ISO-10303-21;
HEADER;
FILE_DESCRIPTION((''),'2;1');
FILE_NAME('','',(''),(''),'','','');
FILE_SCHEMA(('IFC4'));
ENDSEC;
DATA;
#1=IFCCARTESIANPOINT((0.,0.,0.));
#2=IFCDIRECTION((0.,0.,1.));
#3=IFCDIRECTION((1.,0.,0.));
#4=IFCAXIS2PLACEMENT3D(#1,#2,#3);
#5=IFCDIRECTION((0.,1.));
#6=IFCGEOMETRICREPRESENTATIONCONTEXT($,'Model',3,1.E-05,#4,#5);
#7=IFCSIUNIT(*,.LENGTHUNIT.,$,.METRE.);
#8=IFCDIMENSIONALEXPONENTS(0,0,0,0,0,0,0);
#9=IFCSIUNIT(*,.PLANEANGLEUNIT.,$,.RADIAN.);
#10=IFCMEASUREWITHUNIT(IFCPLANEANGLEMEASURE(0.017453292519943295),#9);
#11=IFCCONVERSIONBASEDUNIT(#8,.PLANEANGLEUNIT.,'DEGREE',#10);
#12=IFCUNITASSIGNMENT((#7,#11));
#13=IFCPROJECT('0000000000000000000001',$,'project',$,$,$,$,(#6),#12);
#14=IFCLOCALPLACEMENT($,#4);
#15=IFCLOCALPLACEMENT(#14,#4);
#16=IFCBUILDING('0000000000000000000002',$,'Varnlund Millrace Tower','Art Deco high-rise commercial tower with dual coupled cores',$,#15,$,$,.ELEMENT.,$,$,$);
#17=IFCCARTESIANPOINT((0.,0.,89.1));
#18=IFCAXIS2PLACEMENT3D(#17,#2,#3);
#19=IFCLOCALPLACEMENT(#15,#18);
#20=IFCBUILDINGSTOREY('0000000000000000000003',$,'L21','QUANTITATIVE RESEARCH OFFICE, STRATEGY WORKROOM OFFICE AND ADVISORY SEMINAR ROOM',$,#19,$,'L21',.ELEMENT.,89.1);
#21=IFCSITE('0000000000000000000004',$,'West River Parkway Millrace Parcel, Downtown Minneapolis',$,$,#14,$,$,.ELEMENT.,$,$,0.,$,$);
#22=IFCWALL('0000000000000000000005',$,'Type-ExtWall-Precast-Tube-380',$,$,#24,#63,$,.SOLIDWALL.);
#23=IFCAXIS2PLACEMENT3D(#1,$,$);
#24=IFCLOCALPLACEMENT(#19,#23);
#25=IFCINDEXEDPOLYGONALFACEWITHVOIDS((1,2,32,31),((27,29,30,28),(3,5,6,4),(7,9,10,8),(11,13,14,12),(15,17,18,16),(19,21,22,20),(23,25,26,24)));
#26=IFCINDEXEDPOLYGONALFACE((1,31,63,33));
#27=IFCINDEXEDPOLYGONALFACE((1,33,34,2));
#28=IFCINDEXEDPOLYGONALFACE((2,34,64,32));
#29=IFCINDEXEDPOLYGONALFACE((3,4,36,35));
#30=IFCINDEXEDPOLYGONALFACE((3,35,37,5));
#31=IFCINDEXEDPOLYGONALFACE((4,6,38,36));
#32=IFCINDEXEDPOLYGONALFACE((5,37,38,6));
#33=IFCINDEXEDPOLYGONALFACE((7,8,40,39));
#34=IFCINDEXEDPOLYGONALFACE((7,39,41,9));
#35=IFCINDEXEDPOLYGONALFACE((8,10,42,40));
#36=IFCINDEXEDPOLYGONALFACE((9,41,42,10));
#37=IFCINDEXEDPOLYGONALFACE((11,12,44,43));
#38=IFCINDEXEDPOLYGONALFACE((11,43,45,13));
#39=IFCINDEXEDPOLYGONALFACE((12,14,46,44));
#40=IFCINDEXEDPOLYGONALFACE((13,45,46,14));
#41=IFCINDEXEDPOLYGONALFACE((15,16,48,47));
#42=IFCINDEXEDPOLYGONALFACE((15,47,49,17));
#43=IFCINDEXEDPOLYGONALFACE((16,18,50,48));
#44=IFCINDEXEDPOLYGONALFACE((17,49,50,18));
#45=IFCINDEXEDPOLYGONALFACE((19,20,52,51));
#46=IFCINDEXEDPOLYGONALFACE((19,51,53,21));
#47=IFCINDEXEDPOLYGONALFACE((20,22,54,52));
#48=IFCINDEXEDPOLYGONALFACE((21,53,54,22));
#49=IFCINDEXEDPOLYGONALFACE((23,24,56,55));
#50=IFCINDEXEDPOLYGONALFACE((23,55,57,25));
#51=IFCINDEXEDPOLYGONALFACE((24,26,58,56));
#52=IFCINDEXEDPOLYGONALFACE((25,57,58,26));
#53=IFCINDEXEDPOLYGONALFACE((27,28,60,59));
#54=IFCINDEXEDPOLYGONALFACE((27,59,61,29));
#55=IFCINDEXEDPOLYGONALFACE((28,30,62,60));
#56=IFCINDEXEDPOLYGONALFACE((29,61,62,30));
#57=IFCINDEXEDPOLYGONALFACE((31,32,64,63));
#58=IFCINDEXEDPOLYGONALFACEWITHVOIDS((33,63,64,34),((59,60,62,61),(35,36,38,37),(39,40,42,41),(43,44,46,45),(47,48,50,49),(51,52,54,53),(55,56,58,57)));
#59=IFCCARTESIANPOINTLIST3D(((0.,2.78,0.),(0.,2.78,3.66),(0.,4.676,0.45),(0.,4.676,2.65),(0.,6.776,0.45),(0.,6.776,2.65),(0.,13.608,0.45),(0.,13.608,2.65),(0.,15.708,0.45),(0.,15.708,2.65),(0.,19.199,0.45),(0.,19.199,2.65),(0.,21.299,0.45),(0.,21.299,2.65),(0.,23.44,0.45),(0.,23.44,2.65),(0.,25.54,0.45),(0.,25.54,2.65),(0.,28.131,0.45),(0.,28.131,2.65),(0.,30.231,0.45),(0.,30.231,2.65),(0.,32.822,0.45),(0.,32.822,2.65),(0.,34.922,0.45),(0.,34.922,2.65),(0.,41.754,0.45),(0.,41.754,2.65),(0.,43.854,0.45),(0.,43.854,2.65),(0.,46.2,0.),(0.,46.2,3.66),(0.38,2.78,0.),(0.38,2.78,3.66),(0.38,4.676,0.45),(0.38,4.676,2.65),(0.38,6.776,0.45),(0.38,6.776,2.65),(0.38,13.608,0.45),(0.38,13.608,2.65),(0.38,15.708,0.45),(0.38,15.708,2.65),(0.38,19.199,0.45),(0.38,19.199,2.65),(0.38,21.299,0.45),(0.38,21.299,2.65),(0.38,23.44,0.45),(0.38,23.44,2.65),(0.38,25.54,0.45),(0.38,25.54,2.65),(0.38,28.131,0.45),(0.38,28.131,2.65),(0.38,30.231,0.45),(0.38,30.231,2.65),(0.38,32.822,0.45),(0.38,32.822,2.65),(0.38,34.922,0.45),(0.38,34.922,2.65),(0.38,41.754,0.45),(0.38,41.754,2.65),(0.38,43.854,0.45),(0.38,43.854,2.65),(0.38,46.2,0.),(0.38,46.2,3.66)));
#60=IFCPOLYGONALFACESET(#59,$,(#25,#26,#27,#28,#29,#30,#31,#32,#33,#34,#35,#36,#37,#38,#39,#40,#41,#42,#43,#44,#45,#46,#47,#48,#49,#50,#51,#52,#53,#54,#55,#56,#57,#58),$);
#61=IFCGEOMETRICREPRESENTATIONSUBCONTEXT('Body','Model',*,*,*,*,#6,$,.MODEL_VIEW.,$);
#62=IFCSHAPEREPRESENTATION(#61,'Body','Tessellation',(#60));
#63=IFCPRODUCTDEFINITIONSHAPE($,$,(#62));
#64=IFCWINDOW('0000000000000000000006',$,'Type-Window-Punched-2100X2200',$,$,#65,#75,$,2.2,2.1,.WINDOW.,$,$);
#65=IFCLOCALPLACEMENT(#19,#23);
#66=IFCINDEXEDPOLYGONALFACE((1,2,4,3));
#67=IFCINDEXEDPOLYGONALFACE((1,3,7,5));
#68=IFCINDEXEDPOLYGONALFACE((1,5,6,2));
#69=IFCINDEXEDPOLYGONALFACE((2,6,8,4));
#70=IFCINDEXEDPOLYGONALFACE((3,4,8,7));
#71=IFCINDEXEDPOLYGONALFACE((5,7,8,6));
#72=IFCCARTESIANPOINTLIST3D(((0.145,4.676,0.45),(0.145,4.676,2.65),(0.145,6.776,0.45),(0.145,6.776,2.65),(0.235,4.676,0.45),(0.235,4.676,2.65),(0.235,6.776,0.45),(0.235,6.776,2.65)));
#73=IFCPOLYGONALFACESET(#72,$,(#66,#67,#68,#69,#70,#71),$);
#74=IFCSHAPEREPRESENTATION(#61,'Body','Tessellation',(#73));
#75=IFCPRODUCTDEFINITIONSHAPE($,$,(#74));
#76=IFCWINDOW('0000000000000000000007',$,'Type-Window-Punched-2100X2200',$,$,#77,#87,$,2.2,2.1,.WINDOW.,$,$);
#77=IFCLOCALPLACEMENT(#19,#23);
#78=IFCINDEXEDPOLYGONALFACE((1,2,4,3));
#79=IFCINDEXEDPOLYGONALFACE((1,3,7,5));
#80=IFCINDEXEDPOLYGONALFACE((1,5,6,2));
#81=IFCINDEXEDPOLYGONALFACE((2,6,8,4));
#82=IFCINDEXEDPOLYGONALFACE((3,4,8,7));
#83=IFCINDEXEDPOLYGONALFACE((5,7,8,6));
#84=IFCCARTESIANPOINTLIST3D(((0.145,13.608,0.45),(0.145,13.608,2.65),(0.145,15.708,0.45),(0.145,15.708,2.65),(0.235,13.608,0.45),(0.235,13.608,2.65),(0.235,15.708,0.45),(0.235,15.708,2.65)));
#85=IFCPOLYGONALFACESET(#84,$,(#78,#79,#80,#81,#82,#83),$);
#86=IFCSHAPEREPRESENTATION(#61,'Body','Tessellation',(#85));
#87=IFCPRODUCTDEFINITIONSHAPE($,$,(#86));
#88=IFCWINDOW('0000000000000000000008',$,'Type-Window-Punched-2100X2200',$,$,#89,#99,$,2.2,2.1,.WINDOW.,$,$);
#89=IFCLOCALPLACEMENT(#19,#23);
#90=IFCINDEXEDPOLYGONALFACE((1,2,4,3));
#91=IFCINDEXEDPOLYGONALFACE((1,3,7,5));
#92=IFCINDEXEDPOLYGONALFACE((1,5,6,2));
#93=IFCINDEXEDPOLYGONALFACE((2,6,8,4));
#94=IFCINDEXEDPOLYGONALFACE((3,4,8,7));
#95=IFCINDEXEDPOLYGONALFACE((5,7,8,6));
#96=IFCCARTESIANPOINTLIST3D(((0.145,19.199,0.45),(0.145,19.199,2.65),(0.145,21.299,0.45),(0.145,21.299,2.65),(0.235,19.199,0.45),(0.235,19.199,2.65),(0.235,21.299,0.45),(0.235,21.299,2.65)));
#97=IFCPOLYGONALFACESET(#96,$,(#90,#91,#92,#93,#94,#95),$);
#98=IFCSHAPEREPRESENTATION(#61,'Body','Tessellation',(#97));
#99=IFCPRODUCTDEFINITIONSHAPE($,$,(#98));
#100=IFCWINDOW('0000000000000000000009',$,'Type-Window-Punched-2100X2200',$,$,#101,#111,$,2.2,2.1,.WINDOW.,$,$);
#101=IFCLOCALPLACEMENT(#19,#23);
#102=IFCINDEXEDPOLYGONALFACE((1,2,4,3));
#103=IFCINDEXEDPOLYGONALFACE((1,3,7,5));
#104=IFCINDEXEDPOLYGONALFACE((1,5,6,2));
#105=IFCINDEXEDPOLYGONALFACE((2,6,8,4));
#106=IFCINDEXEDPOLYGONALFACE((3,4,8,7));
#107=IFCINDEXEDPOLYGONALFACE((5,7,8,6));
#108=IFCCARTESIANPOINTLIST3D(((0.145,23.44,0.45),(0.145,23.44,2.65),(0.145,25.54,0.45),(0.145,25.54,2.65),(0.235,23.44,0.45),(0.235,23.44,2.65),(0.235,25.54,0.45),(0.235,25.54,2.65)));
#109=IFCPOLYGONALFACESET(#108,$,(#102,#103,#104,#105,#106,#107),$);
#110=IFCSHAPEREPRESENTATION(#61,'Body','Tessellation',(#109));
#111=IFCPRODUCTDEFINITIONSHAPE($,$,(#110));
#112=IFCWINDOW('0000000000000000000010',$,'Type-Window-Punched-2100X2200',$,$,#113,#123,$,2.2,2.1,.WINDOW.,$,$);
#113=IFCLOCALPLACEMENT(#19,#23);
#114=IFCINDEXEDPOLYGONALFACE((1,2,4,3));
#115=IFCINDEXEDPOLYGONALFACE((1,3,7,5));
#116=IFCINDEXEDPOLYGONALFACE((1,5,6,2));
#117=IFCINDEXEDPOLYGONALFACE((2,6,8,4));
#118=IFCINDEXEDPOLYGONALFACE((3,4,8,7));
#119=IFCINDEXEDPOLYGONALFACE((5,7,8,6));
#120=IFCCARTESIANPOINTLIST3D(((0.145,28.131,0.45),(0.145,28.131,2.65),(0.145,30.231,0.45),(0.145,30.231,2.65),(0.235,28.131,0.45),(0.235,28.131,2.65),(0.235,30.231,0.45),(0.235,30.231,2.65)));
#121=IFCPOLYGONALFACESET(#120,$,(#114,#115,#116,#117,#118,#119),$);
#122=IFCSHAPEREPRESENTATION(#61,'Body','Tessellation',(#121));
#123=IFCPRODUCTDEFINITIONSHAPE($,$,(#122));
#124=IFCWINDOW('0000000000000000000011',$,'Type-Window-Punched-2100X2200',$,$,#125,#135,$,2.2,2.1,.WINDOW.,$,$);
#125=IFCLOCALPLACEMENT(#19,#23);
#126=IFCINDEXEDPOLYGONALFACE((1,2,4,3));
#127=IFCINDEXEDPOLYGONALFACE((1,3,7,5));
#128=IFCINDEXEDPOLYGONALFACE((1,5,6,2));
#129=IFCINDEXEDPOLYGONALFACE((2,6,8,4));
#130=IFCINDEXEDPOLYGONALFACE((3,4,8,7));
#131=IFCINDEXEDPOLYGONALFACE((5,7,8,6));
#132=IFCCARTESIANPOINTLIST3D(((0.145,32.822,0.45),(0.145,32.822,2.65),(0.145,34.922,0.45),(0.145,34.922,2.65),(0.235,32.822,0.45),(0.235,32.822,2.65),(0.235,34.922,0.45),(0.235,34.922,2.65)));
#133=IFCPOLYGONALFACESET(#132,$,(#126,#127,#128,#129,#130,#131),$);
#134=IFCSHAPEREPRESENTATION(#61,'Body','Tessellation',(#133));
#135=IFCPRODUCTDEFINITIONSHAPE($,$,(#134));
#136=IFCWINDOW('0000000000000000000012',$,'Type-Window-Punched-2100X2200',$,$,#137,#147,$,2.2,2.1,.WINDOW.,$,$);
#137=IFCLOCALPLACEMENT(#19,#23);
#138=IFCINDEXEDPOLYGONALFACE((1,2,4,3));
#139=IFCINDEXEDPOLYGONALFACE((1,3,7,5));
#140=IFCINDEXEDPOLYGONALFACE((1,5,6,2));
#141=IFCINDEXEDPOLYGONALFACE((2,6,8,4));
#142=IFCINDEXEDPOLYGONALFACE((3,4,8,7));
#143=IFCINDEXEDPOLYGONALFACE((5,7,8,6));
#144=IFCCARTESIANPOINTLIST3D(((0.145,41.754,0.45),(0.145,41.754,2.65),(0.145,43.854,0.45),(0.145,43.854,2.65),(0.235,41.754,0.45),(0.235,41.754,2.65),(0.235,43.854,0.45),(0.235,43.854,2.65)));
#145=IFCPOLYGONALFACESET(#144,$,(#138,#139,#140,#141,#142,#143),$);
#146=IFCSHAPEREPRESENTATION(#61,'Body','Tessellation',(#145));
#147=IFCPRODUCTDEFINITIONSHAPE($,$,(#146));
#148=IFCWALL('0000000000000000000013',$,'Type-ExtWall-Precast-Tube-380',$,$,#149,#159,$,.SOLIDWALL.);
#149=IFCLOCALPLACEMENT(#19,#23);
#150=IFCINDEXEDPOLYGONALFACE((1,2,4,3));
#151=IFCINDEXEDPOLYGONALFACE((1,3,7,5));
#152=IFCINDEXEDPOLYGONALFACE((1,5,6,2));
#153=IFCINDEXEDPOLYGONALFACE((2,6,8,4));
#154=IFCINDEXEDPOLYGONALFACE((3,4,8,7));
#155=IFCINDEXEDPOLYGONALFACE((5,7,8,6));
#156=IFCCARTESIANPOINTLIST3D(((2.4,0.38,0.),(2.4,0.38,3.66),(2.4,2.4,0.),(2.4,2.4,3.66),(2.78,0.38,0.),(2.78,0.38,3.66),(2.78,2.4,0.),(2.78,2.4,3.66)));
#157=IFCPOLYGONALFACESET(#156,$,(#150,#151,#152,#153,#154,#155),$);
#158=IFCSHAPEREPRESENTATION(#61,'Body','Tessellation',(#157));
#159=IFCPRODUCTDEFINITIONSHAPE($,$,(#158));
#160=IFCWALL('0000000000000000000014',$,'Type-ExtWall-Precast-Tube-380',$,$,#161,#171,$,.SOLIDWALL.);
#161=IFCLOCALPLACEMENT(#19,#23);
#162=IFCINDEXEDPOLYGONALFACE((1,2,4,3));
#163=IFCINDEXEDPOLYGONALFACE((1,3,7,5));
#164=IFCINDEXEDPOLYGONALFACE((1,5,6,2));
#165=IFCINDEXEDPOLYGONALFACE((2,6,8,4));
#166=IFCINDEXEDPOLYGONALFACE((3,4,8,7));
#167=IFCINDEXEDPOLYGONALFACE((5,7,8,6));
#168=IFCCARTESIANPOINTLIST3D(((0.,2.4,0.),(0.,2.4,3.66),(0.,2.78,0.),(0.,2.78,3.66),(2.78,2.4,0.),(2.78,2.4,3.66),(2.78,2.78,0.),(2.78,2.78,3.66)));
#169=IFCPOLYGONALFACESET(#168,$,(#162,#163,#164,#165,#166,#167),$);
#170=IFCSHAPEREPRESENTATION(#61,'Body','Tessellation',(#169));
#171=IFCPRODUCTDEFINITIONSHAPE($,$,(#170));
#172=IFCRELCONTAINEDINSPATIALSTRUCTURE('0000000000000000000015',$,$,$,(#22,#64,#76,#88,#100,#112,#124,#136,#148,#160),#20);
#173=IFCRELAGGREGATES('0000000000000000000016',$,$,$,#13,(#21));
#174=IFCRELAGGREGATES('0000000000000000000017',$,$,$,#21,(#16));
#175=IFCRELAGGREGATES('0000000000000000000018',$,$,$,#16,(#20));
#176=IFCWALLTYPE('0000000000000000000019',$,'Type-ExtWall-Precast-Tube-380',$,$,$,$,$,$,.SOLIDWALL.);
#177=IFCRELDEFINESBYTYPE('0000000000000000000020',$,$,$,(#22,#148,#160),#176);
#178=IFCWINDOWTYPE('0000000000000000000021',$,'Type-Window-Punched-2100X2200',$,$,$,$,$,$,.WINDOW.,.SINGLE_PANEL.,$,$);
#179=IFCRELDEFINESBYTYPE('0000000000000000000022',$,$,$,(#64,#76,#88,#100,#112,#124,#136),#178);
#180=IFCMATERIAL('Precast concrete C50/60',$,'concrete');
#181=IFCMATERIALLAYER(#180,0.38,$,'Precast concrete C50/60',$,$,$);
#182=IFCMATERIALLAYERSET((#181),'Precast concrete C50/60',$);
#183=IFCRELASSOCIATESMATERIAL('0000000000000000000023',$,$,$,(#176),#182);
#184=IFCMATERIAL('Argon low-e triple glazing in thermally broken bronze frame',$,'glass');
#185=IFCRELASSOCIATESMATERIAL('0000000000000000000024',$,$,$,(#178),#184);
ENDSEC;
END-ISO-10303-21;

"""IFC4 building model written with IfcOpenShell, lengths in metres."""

from ifc_helpers import new_model, entity, si_unit, converted_unit, direction, frame, origin_with_axes, origin_2d_with_axis, place, context, subcontext, project, spatial, polyline, rectangle, outline, extrude, material, layer, layer_set, type_object, element, fill, save


model = new_model("IFC4")

# Units and contexts
model_context = context("Model", 3, precision=1e-05, world=origin_with_axes(), true_north=direction((0.0, 1.0)))
body_context = subcontext(model_context, "Body", "Model", "MODEL_VIEW")
ifc_project = project(units=[si_unit("LENGTHUNIT", "METRE"), converted_unit("PLANEANGLEUNIT", "DEGREE", entity("IfcPlaneAngleMeasure", 0.017453292519943295), si_unit("PLANEANGLEUNIT", "RADIAN"), dimensions=[0, 0, 0, 0, 0, 0, 0])], contexts=[model_context])

# Site, building, storey
site_placement = place(None, origin_with_axes())
site = spatial("IfcSite", under=ifc_project, at=site_placement, Name="West River Parkway Millrace Parcel, Downtown Minneapolis", CompositionType="ELEMENT", RefElevation=0.0)
building_placement = place(site_placement, origin_with_axes())
building = spatial("IfcBuilding", under=site, at=building_placement, Name="Varnlund Millrace Tower", Description="Art Deco high-rise commercial tower with dual coupled cores", CompositionType="ELEMENT")
storey_placement = place(building_placement, frame((0.0, 0.0, 89.1), z_axis=(0.0, 0.0, 1.0), x_axis=(1.0, 0.0, 0.0)))
storey = spatial("IfcBuildingStorey", under=building, at=storey_placement, Name="L21", Description="QUANTITATIVE RESEARCH OFFICE, STRATEGY WORKROOM OFFICE AND ADVISORY SEMINAR ROOM", LongName="L21", CompositionType="ELEMENT", Elevation=89.1)

# Wall, openings, windows
ifc_material_1 = material(Name="Precast concrete C50/60", Category="concrete")
ifc_layer_1 = layer(ifc_material_1, 0.38, Name="Precast concrete C50/60")
ifc_layer_set_1 = layer_set([ifc_layer_1], Name="Precast concrete C50/60")
wall_type = type_object("IfcWallType", Name="Type-ExtWall-Precast-Tube-380", PredefinedType="SOLIDWALL", material=ifc_layer_set_1)
wall_1_placement = place(storey_placement, frame((0.19, 2.78, 0.0), z_axis=(0.0, 0.0, 1.0), x_axis=(0.0, 1.0, 0.0)))
wall_1 = element("IfcWall", 1, at=wall_1_placement, inside=storey, type_object=wall_type, Name="Type-ExtWall-Precast-Tube-380", PredefinedType="SOLIDWALL", context=body_context, shape_type="SweptSolid", body=[
    extrude(outline(polyline([(0.0, -0.19), (43.42, -0.19), (43.42, 0.19), (0.0, 0.19), (0.0, -0.19)])), origin_with_axes(), (0.0, 0.0, 1.0), 3.66),
])
opening_1_placement = place(wall_1_placement, frame((2.946, 0.0, 0.45), z_axis=(0.0, 0.0, 1.0), x_axis=(1.0, 0.0, 0.0)))
opening_1 = element("IfcOpeningElement", 2, at=opening_1_placement, cuts=wall_1, PredefinedType="OPENING", context=body_context, shape_type="SweptSolid", body=[
    extrude(rectangle(XDim=2.1, YDim=0.4, at=origin_2d_with_axis()), origin_with_axes(), (0.0, 0.0, 1.0), 2.2),
])
opening_2_placement = place(wall_1_placement, frame((11.878, 0.0, 0.45), z_axis=(0.0, 0.0, 1.0), x_axis=(1.0, 0.0, 0.0)))
opening_2 = element("IfcOpeningElement", 3, at=opening_2_placement, cuts=wall_1, PredefinedType="OPENING", context=body_context, shape_type="SweptSolid", body=[
    extrude(rectangle(XDim=2.1, YDim=0.4, at=origin_2d_with_axis()), origin_with_axes(), (0.0, 0.0, 1.0), 2.2),
])
opening_3_placement = place(wall_1_placement, frame((17.469, 0.0, 0.45), z_axis=(0.0, 0.0, 1.0), x_axis=(1.0, 0.0, 0.0)))
opening_3 = element("IfcOpeningElement", 4, at=opening_3_placement, cuts=wall_1, PredefinedType="OPENING", context=body_context, shape_type="SweptSolid", body=[
    extrude(rectangle(XDim=2.1, YDim=0.4, at=origin_2d_with_axis()), origin_with_axes(), (0.0, 0.0, 1.0), 2.2),
])
opening_4_placement = place(wall_1_placement, frame((21.71, 0.0, 0.45), z_axis=(0.0, 0.0, 1.0), x_axis=(1.0, 0.0, 0.0)))
opening_4 = element("IfcOpeningElement", 5, at=opening_4_placement, cuts=wall_1, PredefinedType="OPENING", context=body_context, shape_type="SweptSolid", body=[
    extrude(rectangle(XDim=2.1, YDim=0.4, at=origin_2d_with_axis()), origin_with_axes(), (0.0, 0.0, 1.0), 2.2),
])
opening_5_placement = place(wall_1_placement, frame((26.401, 0.0, 0.45), z_axis=(0.0, 0.0, 1.0), x_axis=(1.0, 0.0, 0.0)))
opening_5 = element("IfcOpeningElement", 6, at=opening_5_placement, cuts=wall_1, PredefinedType="OPENING", context=body_context, shape_type="SweptSolid", body=[
    extrude(rectangle(XDim=2.1, YDim=0.4, at=origin_2d_with_axis()), origin_with_axes(), (0.0, 0.0, 1.0), 2.2),
])
opening_6_placement = place(wall_1_placement, frame((31.092, 0.0, 0.45), z_axis=(0.0, 0.0, 1.0), x_axis=(1.0, 0.0, 0.0)))
opening_6 = element("IfcOpeningElement", 7, at=opening_6_placement, cuts=wall_1, PredefinedType="OPENING", context=body_context, shape_type="SweptSolid", body=[
    extrude(rectangle(XDim=2.1, YDim=0.4, at=origin_2d_with_axis()), origin_with_axes(), (0.0, 0.0, 1.0), 2.2),
])
opening_7_placement = place(wall_1_placement, frame((40.024, 0.0, 0.45), z_axis=(0.0, 0.0, 1.0), x_axis=(1.0, 0.0, 0.0)))
opening_7 = element("IfcOpeningElement", 8, at=opening_7_placement, cuts=wall_1, PredefinedType="OPENING", context=body_context, shape_type="SweptSolid", body=[
    extrude(rectangle(XDim=2.1, YDim=0.4, at=origin_2d_with_axis()), origin_with_axes(), (0.0, 0.0, 1.0), 2.2),
])
ifc_material_2 = material(Name="Argon low-e triple glazing in thermally broken bronze frame", Category="glass")
window_type = type_object("IfcWindowType", Name="Type-Window-Punched-2100X2200", PartitioningType="SINGLE_PANEL", PredefinedType="WINDOW", material=ifc_material_2)
window_1_placement = place(wall_1_placement, frame((2.946, 0.0, 0.45), z_axis=(0.0, 0.0, 1.0), x_axis=(1.0, 0.0, 0.0)))
window_1 = element("IfcWindow", 9, at=window_1_placement, inside=storey, type_object=window_type, Name="Type-Window-Punched-2100X2200", OverallHeight=2.2, OverallWidth=2.1, PredefinedType="WINDOW", context=body_context, shape_type="SweptSolid", body=[
    extrude(rectangle(XDim=2.1, YDim=0.09, at=origin_2d_with_axis()), origin_with_axes(), (0.0, 0.0, 1.0), 2.2),
])
fill(opening_1, window_1)
window_2_placement = place(wall_1_placement, frame((11.878, 0.0, 0.45), z_axis=(0.0, 0.0, 1.0), x_axis=(1.0, 0.0, 0.0)))
window_2 = element("IfcWindow", 10, at=window_2_placement, inside=storey, type_object=window_type, Name="Type-Window-Punched-2100X2200", OverallHeight=2.2, OverallWidth=2.1, PredefinedType="WINDOW", context=body_context, shape_type="SweptSolid", body=[
    extrude(rectangle(XDim=2.1, YDim=0.09, at=origin_2d_with_axis()), origin_with_axes(), (0.0, 0.0, 1.0), 2.2),
])
fill(opening_2, window_2)
window_3_placement = place(wall_1_placement, frame((17.469, 0.0, 0.45), z_axis=(0.0, 0.0, 1.0), x_axis=(1.0, 0.0, 0.0)))
window_3 = element("IfcWindow", 11, at=window_3_placement, inside=storey, type_object=window_type, Name="Type-Window-Punched-2100X2200", OverallHeight=2.2, OverallWidth=2.1, PredefinedType="WINDOW", context=body_context, shape_type="SweptSolid", body=[
    extrude(rectangle(XDim=2.1, YDim=0.09, at=origin_2d_with_axis()), origin_with_axes(), (0.0, 0.0, 1.0), 2.2),
])
fill(opening_3, window_3)
window_4_placement = place(wall_1_placement, frame((21.71, 0.0, 0.45), z_axis=(0.0, 0.0, 1.0), x_axis=(1.0, 0.0, 0.0)))
window_4 = element("IfcWindow", 12, at=window_4_placement, inside=storey, type_object=window_type, Name="Type-Window-Punched-2100X2200", OverallHeight=2.2, OverallWidth=2.1, PredefinedType="WINDOW", context=body_context, shape_type="SweptSolid", body=[
    extrude(rectangle(XDim=2.1, YDim=0.09, at=origin_2d_with_axis()), origin_with_axes(), (0.0, 0.0, 1.0), 2.2),
])
fill(opening_4, window_4)
window_5_placement = place(wall_1_placement, frame((26.401, 0.0, 0.45), z_axis=(0.0, 0.0, 1.0), x_axis=(1.0, 0.0, 0.0)))
window_5 = element("IfcWindow", 13, at=window_5_placement, inside=storey, type_object=window_type, Name="Type-Window-Punched-2100X2200", OverallHeight=2.2, OverallWidth=2.1, PredefinedType="WINDOW", context=body_context, shape_type="SweptSolid", body=[
    extrude(rectangle(XDim=2.1, YDim=0.09, at=origin_2d_with_axis()), origin_with_axes(), (0.0, 0.0, 1.0), 2.2),
])
fill(opening_5, window_5)
window_6_placement = place(wall_1_placement, frame((31.092, 0.0, 0.45), z_axis=(0.0, 0.0, 1.0), x_axis=(1.0, 0.0, 0.0)))
window_6 = element("IfcWindow", 14, at=window_6_placement, inside=storey, type_object=window_type, Name="Type-Window-Punched-2100X2200", OverallHeight=2.2, OverallWidth=2.1, PredefinedType="WINDOW", context=body_context, shape_type="SweptSolid", body=[
    extrude(rectangle(XDim=2.1, YDim=0.09, at=origin_2d_with_axis()), origin_with_axes(), (0.0, 0.0, 1.0), 2.2),
])
fill(opening_6, window_6)
window_7_placement = place(wall_1_placement, frame((40.024, 0.0, 0.45), z_axis=(0.0, 0.0, 1.0), x_axis=(1.0, 0.0, 0.0)))
window_7 = element("IfcWindow", 15, at=window_7_placement, inside=storey, type_object=window_type, Name="Type-Window-Punched-2100X2200", OverallHeight=2.2, OverallWidth=2.1, PredefinedType="WINDOW", context=body_context, shape_type="SweptSolid", body=[
    extrude(rectangle(XDim=2.1, YDim=0.09, at=origin_2d_with_axis()), origin_with_axes(), (0.0, 0.0, 1.0), 2.2),
])
fill(opening_7, window_7)

# Walls
wall_2_placement = place(storey_placement, frame((2.59, 0.38, 0.0), z_axis=(0.0, 0.0, 1.0), x_axis=(0.0, 1.0, 0.0)))
element("IfcWall", 16, at=wall_2_placement, inside=storey, type_object=wall_type, Name="Type-ExtWall-Precast-Tube-380", PredefinedType="SOLIDWALL", context=body_context, shape_type="SweptSolid", body=[
    extrude(outline(polyline([(0.0, -0.19), (2.02, -0.19), (2.02, 0.19), (0.0, 0.19), (0.0, -0.19)])), origin_with_axes(), (0.0, 0.0, 1.0), 3.66),
])
wall_3_placement = place(storey_placement, frame((2.78, 2.59, 0.0), z_axis=(0.0, 0.0, 1.0), x_axis=(-1.0, 0.0, 0.0)))
element("IfcWall", 17, at=wall_3_placement, inside=storey, type_object=wall_type, Name="Type-ExtWall-Precast-Tube-380", PredefinedType="SOLIDWALL", context=body_context, shape_type="SweptSolid", body=[
    extrude(outline(polyline([(0.0, -0.19), (2.78, -0.19), (2.78, 0.19), (0.0, 0.19), (0.0, -0.19)])), origin_with_axes(), (0.0, 0.0, 1.0), 3.66),
])

save(model, "model.ifc")
